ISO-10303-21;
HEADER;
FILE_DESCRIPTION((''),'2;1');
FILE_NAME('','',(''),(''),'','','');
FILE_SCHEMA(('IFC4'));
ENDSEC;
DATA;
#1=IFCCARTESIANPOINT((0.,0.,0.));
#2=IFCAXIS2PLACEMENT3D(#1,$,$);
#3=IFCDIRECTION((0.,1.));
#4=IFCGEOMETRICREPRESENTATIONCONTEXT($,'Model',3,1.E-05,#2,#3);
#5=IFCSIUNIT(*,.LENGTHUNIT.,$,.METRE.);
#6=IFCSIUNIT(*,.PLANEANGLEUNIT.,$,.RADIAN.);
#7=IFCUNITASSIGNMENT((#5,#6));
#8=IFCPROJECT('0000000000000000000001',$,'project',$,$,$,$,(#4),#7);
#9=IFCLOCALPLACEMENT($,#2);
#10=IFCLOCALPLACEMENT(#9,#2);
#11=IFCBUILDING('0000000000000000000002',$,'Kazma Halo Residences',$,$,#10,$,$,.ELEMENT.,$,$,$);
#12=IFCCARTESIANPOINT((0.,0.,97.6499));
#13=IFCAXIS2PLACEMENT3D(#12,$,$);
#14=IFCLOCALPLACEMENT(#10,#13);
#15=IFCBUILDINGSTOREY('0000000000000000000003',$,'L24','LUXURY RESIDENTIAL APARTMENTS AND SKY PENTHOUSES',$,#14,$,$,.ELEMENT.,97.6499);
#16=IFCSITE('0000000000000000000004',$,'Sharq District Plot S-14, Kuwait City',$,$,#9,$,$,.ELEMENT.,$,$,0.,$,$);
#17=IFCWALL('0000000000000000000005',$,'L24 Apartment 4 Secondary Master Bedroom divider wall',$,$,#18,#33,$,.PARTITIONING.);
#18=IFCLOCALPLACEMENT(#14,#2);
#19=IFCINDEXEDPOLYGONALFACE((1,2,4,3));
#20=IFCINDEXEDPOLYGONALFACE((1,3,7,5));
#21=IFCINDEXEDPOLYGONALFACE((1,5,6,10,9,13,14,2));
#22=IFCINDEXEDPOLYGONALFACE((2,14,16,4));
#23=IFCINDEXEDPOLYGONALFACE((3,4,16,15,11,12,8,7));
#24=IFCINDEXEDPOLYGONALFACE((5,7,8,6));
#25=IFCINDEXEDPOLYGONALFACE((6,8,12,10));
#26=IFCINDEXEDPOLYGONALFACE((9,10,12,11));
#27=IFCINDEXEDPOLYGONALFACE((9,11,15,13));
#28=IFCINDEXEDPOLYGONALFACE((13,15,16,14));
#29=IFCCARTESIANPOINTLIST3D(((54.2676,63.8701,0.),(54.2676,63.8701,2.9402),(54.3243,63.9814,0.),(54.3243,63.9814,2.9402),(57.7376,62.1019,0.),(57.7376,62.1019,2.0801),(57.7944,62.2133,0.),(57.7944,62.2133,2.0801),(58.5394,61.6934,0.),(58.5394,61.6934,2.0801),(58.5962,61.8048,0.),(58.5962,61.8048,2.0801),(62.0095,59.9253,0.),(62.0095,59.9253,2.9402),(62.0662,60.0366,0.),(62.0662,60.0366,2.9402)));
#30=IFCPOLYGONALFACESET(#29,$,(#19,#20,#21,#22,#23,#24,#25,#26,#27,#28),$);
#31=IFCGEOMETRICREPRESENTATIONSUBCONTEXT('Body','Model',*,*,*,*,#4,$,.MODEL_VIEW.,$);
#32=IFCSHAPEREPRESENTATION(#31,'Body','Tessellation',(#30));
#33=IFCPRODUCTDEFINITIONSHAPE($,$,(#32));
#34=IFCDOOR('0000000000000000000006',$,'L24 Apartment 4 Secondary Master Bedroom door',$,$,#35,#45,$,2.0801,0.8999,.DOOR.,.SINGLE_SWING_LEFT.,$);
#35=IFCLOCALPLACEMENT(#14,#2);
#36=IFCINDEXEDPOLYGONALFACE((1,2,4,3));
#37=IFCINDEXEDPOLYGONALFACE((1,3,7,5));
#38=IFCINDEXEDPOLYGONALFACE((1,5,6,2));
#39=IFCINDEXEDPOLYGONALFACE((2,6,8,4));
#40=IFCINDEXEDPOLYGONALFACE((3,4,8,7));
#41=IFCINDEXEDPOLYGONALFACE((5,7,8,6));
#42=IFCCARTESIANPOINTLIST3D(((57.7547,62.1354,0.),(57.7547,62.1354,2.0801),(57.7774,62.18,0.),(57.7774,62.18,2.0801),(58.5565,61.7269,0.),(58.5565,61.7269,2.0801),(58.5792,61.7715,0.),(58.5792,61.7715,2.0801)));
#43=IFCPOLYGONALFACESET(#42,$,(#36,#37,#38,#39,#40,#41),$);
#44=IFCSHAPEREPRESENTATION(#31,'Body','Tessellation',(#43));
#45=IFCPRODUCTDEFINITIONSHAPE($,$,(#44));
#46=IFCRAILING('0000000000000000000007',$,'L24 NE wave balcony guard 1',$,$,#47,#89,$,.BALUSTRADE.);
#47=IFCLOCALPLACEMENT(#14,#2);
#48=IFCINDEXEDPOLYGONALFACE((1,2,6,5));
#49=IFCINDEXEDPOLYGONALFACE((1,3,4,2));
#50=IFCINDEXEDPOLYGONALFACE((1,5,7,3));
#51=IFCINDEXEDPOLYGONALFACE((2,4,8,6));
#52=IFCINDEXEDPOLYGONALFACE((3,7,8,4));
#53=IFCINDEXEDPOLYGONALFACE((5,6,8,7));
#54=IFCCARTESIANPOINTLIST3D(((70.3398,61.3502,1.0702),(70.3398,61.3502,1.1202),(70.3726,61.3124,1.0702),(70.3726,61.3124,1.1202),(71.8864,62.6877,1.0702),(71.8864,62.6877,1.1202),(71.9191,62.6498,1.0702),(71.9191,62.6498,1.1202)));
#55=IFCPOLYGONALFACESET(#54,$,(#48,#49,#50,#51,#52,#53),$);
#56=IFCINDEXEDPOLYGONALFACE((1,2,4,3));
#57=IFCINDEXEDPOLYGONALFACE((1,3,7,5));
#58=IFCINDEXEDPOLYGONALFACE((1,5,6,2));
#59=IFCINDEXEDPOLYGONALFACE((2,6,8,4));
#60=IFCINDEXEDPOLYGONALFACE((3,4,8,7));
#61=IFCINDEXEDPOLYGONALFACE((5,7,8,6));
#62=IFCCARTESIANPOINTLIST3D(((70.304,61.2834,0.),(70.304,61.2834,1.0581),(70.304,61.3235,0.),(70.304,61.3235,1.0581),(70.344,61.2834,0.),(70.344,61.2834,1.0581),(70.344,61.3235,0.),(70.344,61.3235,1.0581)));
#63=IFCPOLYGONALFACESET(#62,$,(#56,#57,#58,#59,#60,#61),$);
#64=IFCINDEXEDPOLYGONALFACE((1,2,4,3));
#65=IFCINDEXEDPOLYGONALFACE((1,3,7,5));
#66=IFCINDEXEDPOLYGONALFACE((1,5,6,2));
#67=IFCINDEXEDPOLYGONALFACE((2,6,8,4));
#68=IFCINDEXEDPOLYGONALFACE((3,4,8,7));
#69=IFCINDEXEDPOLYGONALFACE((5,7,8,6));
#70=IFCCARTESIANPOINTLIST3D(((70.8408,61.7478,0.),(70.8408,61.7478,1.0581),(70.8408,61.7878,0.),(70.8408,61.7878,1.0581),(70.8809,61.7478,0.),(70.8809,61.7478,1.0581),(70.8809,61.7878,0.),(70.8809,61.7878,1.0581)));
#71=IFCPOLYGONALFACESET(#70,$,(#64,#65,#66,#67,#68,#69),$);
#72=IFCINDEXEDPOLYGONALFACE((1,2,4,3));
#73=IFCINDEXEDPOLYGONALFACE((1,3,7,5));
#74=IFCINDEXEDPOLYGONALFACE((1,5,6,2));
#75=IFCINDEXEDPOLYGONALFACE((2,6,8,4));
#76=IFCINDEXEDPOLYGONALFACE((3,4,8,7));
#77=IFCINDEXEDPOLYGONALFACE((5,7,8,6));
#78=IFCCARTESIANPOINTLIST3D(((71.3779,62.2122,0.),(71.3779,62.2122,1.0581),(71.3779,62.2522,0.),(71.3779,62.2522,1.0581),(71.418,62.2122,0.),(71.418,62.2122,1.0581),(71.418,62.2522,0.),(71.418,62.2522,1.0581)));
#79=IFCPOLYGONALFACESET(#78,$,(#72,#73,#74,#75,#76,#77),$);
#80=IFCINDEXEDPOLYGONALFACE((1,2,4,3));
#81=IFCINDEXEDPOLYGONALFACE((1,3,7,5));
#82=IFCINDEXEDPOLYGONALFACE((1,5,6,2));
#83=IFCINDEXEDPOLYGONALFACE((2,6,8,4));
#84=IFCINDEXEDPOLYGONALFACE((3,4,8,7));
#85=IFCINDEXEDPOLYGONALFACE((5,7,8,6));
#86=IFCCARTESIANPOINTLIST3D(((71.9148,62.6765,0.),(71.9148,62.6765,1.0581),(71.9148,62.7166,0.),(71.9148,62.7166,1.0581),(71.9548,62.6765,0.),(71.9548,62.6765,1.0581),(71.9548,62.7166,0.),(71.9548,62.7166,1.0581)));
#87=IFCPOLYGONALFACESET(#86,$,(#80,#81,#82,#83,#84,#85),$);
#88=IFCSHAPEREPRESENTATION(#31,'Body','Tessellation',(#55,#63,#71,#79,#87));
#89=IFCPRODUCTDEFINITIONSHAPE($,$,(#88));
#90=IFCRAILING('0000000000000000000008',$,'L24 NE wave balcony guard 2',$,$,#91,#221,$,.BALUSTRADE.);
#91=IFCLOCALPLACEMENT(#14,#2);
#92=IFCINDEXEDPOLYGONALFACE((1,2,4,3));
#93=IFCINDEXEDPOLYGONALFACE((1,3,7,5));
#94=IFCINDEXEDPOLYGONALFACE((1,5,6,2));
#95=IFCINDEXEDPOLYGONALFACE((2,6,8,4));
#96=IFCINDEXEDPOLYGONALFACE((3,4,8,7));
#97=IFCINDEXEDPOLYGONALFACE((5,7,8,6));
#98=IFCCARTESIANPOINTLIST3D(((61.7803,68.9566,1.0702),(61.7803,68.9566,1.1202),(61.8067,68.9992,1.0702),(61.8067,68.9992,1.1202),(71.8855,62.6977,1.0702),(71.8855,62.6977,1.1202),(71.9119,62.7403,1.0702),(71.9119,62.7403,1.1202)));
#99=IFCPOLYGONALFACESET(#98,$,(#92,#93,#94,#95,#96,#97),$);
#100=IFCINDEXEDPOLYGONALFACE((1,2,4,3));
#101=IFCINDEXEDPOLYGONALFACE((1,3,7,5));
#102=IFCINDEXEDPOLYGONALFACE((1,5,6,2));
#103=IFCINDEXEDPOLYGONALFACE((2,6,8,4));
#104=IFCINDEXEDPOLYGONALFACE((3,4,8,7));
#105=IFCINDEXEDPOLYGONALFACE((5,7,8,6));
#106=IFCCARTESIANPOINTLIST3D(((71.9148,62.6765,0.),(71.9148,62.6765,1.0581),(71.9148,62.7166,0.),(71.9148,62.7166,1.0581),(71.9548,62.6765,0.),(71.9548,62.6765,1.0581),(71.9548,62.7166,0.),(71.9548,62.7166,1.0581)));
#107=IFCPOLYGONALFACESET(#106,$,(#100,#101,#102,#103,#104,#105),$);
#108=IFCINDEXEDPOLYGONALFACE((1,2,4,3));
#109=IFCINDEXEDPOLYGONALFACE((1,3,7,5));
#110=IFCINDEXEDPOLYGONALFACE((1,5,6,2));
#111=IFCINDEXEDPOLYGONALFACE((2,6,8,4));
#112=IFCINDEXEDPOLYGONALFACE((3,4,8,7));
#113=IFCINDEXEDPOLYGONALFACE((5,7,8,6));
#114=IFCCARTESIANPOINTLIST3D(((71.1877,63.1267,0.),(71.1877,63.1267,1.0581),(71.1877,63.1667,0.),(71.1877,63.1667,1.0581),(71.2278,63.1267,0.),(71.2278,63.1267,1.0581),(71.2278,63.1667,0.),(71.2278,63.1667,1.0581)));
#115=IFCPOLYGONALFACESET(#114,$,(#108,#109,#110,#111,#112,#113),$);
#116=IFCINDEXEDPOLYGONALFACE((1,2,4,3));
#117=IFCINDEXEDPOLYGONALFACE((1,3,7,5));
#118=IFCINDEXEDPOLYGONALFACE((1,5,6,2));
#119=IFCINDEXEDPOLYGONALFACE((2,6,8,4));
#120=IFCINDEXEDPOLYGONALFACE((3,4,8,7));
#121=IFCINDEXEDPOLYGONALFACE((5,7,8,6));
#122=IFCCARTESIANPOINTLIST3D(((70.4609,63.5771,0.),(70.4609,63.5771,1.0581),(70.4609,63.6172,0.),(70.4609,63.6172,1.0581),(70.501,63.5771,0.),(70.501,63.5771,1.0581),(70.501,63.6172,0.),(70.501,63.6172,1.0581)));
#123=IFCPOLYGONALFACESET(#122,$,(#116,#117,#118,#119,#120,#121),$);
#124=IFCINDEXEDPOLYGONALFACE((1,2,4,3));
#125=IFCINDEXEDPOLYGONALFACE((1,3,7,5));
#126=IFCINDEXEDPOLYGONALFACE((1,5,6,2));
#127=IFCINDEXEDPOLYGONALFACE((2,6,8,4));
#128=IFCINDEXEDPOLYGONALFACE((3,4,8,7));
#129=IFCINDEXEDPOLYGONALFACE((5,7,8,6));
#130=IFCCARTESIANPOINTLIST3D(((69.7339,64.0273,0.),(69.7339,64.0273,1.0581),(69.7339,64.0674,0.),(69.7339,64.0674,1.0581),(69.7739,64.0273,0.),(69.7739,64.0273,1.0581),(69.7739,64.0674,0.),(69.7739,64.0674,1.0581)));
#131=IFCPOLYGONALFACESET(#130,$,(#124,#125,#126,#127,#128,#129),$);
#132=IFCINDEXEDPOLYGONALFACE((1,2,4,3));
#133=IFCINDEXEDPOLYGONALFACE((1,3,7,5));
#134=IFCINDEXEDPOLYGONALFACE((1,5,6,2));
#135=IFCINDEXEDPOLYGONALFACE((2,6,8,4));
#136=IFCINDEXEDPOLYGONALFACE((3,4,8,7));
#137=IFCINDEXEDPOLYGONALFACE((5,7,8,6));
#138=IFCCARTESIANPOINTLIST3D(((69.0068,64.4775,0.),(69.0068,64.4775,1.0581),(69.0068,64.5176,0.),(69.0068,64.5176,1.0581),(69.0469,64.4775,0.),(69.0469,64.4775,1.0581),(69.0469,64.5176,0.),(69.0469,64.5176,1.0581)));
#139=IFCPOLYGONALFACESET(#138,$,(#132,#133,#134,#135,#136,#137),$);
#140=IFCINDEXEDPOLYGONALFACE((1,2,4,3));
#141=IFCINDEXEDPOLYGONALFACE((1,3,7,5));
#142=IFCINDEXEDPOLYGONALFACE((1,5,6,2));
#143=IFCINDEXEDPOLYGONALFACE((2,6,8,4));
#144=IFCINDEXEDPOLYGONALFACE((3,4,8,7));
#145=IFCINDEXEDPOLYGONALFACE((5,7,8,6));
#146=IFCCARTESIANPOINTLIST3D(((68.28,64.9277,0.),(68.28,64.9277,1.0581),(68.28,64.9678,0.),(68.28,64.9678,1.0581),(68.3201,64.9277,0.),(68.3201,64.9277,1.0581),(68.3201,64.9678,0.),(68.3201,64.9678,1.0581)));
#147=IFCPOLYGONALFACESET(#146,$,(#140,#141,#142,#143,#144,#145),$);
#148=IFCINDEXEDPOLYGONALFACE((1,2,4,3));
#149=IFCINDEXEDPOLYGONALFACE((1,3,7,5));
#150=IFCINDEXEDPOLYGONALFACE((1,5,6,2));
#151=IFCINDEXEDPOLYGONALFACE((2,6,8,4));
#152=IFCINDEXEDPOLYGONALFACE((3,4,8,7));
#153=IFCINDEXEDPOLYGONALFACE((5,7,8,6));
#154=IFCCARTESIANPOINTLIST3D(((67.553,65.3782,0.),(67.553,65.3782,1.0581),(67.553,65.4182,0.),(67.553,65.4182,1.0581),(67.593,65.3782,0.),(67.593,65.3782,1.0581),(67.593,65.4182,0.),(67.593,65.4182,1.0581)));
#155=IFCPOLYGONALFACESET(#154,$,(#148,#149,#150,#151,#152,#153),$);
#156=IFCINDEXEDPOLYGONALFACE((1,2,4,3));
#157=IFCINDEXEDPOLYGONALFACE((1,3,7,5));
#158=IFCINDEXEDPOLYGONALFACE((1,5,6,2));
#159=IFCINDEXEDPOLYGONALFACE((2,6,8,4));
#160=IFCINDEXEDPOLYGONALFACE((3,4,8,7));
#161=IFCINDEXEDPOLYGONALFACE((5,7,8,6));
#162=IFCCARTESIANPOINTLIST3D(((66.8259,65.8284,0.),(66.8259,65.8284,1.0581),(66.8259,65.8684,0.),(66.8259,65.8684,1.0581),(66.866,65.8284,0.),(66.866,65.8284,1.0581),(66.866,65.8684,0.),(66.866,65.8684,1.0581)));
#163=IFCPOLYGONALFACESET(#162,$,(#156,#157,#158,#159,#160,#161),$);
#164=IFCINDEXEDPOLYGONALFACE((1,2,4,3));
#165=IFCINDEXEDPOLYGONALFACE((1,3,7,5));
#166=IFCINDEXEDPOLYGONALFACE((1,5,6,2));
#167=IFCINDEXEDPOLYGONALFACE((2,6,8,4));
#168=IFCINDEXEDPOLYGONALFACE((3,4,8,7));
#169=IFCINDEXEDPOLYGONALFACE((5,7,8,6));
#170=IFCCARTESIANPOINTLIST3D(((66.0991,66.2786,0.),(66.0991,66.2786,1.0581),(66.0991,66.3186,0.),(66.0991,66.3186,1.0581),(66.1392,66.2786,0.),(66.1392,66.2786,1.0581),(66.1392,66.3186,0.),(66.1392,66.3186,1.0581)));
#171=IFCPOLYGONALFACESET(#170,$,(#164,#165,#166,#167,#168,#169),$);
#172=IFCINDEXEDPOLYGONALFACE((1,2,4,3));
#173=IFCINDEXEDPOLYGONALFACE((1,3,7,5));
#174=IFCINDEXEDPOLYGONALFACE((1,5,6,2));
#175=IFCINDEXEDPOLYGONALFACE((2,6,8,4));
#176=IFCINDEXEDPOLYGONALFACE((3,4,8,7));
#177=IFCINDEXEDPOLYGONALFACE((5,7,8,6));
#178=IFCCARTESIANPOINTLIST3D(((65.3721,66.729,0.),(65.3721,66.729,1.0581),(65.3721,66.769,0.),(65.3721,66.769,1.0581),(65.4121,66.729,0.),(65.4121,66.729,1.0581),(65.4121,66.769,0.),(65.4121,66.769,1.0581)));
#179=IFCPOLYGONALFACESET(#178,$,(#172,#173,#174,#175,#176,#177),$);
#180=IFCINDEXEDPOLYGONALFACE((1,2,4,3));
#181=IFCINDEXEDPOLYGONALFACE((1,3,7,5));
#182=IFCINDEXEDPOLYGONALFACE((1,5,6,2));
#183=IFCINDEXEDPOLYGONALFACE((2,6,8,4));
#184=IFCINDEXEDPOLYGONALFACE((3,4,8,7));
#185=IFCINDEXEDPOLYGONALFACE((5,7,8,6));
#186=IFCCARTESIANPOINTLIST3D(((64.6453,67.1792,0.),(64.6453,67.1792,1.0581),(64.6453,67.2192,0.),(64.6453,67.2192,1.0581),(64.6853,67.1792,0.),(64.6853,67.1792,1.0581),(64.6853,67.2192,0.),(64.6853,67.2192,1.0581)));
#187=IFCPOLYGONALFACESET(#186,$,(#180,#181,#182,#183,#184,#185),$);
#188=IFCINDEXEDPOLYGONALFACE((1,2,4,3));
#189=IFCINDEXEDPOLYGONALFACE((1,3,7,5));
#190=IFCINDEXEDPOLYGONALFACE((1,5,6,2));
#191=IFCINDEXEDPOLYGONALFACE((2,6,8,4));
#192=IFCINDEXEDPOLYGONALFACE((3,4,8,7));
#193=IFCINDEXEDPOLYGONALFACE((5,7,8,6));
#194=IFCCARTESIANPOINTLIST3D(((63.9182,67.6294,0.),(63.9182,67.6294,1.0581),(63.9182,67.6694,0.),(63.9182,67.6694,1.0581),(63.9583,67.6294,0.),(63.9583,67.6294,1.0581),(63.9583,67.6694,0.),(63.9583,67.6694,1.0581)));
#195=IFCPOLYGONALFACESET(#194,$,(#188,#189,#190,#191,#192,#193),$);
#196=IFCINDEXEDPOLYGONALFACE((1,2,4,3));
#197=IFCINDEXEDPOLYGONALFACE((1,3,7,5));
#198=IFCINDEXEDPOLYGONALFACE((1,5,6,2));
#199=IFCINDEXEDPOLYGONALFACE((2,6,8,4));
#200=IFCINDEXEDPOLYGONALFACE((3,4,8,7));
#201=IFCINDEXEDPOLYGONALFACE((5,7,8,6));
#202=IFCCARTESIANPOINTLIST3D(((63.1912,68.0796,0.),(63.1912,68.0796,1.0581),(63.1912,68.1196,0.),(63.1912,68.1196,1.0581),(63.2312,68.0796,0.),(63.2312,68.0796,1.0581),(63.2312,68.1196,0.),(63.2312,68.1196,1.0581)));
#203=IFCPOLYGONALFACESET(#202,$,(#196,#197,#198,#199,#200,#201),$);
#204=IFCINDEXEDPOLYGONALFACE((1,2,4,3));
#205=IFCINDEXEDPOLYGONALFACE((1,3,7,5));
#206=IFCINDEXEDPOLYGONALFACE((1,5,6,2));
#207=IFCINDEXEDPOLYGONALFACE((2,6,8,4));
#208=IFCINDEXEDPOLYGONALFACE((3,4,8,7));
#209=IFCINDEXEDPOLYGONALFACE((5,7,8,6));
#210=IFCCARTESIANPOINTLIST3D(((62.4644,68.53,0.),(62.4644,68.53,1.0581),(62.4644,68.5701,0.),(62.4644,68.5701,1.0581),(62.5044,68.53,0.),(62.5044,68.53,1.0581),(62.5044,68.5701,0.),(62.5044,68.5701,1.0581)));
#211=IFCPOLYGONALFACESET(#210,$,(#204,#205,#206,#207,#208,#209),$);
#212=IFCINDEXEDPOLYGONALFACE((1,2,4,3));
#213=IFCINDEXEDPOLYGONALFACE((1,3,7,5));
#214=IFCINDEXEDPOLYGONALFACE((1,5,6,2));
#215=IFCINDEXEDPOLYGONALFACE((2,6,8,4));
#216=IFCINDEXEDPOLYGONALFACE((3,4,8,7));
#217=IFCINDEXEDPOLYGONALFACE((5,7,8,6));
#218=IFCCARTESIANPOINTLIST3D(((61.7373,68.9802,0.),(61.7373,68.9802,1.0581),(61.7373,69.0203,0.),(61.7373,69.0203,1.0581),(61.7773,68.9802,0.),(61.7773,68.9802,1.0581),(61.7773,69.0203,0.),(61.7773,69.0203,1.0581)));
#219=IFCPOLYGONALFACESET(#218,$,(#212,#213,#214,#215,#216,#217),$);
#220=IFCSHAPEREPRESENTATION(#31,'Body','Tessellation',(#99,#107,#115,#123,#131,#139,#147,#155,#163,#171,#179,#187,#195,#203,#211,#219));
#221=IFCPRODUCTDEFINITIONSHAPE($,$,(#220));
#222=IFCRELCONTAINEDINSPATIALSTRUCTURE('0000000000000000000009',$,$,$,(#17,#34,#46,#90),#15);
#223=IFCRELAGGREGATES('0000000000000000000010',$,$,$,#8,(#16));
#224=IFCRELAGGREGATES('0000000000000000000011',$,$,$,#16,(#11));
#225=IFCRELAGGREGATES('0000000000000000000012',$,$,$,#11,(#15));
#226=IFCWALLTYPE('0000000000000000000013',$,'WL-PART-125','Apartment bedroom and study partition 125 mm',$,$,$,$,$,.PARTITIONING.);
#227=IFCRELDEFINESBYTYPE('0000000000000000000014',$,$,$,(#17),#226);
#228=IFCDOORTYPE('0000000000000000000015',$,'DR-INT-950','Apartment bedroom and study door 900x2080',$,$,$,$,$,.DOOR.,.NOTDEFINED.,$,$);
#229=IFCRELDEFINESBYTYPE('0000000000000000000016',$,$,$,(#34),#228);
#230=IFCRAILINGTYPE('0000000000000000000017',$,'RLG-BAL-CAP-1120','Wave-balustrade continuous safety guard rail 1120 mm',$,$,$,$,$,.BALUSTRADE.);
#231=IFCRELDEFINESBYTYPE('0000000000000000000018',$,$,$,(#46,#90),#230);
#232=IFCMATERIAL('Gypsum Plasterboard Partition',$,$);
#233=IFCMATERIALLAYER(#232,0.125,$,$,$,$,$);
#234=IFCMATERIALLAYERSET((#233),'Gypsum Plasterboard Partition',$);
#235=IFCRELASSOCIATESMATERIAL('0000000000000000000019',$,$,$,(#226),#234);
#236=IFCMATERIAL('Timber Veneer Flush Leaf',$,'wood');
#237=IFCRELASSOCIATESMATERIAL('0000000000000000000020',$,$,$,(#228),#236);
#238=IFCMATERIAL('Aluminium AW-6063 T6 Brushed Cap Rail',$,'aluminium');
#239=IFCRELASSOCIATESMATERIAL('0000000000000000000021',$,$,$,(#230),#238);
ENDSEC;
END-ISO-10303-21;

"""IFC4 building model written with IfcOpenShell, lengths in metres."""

from ifc_helpers import new_model, si_unit, direction, frame, frame_2d, origin, origin_2d, place, context, subcontext, project, spatial, rectangle, extrude, material, layer, layer_set, type_object, element, fill, save


model = new_model("IFC4")

# Units and contexts
model_context = context("Model", 3, precision=1e-05, world=origin(), true_north=direction((0.0, 1.0)))
body_context = subcontext(model_context, "Body", "Model", "MODEL_VIEW")
ifc_project = project(units=[si_unit("LENGTHUNIT", "METRE"), si_unit("PLANEANGLEUNIT", "RADIAN")], contexts=[model_context])

# Site, building, storey
site_placement = place(None, origin())
site = spatial("IfcSite", under=ifc_project, at=site_placement, Name="Sharq District Plot S-14, Kuwait City", CompositionType="ELEMENT", RefElevation=0.0)
building_placement = place(site_placement, origin())
building = spatial("IfcBuilding", under=site, at=building_placement, Name="Kazma Halo Residences", CompositionType="ELEMENT")
storey_placement = place(building_placement, frame((0.0, 0.0, 97.6499)))
storey = spatial("IfcBuildingStorey", under=building, at=storey_placement, Name="L24", Description="LUXURY RESIDENTIAL APARTMENTS AND SKY PENTHOUSES", CompositionType="ELEMENT", Elevation=97.6499)

# Shared definitions
ifc_material_1 = material(Name="Gypsum Plasterboard Partition")
ifc_layer_1 = layer(ifc_material_1, 0.125)
ifc_layer_set_1 = layer_set([ifc_layer_1], Name="Gypsum Plasterboard Partition")
wall_type_1 = type_object("IfcWallType", Name="WL-PART-125", Description="Apartment bedroom and study partition 125 mm", PredefinedType="PARTITIONING", material=ifc_layer_set_1)

# Wall, opening, door
ifc_material_2 = material(Name="Timber Veneer Flush Leaf", Category="wood")
door_type_1 = type_object("IfcDoorType", Name="DR-INT-950", Description="Apartment bedroom and study door 900x2080", OperationType="NOTDEFINED", PredefinedType="DOOR", material=ifc_material_2)
wall_1_placement = place(storey_placement, frame((62.0378, 59.981, 0.0), z_axis=(0.0, 0.0, 1.0), x_axis=(-0.891002, 0.454, 0.0)))
wall_1 = element("IfcWall", 1, at=wall_1_placement, inside=storey, type_object=wall_type_1, Name="L24 Apartment 4 Secondary Master Bedroom divider wall", PredefinedType="PARTITIONING", context=body_context, shape_type="SweptSolid", body=[
    extrude(rectangle(XDim=8.689, YDim=0.125, at=frame_2d((4.3445, 0.0))), origin(), (0.0, 0.0, 1.0), 2.9402),
])
opening_1_placement = place(wall_1_placement, frame((3.8945, 0.0, 0.0)))
opening_1 = element("IfcOpeningElement", 2, at=opening_1_placement, cuts=wall_1, PredefinedType="OPENING", context=body_context, shape_type="SweptSolid", body=[
    extrude(rectangle(XDim=0.8999, YDim=2.0801, at=frame_2d((0.45, 1.04))), frame((0.0, 0.0725, 0.0), z_axis=(0.0, -1.0, 0.0), x_axis=(1.0, 0.0, 0.0)), (0.0, 0.0, 1.0), 0.145),
])
door_1_placement = place(opening_1_placement, origin())
door_1 = element("IfcDoor", 3, at=door_1_placement, inside=storey, type_object=door_type_1, Name="L24 Apartment 4 Secondary Master Bedroom door", OperationType="SINGLE_SWING_LEFT", OverallHeight=2.0801, OverallWidth=0.8999, PredefinedType="DOOR", context=body_context, shape_type="SweptSolid", body=[
    extrude(rectangle(XDim=0.8999, YDim=2.0801, at=frame_2d((0.45, 1.04))), frame((0.0, 0.0249, 0.0), z_axis=(0.0, -1.0, 0.0), x_axis=(1.0, 0.0, 0.0)), (0.0, 0.0, 1.0), 0.05),
])
fill(opening_1, door_1)

# Railings
ifc_material_3 = material(Name="Aluminium AW-6063 T6 Brushed Cap Rail", Category="aluminium")
railing_type = type_object("IfcRailingType", Name="RLG-BAL-CAP-1120", Description="Wave-balustrade continuous safety guard rail 1120 mm", PredefinedType="BALUSTRADE", material=ifc_material_3)
railing_1_placement = place(storey_placement, frame((70.324, 61.3035, 0.0)))
element("IfcRailing", 4, at=railing_1_placement, inside=storey, type_object=railing_type, Name="L24 NE wave balcony guard 1", PredefinedType="BALUSTRADE", context=body_context, shape_type="SweptSolid", body=[
    extrude(rectangle(XDim=0.05, YDim=0.05, at=origin_2d()), frame((0.0322, 0.0278, 1.0952), z_axis=(0.756385, 0.654127, 0.0), x_axis=(-0.654127, 0.756385, 0.0)), (0.0, 0.0, 1.0), 2.0447),
    extrude(rectangle(XDim=0.04, YDim=0.04, at=origin_2d()), origin(), (0.0, 0.0, 1.0), 1.0581),
    extrude(rectangle(XDim=0.04, YDim=0.04, at=origin_2d()), frame((0.5369, 0.4644, 0.0)), (0.0, 0.0, 1.0), 1.0581),
    extrude(rectangle(XDim=0.04, YDim=0.04, at=origin_2d()), frame((1.074, 0.9287, 0.0)), (0.0, 0.0, 1.0), 1.0581),
    extrude(rectangle(XDim=0.04, YDim=0.04, at=origin_2d()), frame((1.6108, 1.3931, 0.0)), (0.0, 0.0, 1.0), 1.0581),
])
railing_2_placement = place(storey_placement, frame((71.9348, 62.6965, 0.0)))
element("IfcRailing", 5, at=railing_2_placement, inside=storey, type_object=railing_type, Name="L24 NE wave balcony guard 2", PredefinedType="BALUSTRADE", context=body_context, shape_type="SweptSolid", body=[
    extrude(rectangle(XDim=0.05, YDim=0.05, at=origin_2d()), frame((-0.0361, 0.0225, 1.0952), z_axis=(-0.85014, 0.526557, 0.0), x_axis=(-0.526557, -0.85014, 0.0)), (0.0, 0.0, 1.0), 11.8865),
    extrude(rectangle(XDim=0.04, YDim=0.04, at=origin_2d()), origin(), (0.0, 0.0, 1.0), 1.0581),
    extrude(rectangle(XDim=0.04, YDim=0.04, at=origin_2d()), frame((-0.7271, 0.4502, 0.0)), (0.0, 0.0, 1.0), 1.0581),
    extrude(rectangle(XDim=0.04, YDim=0.04, at=origin_2d()), frame((-1.4539, 0.9006, 0.0)), (0.0, 0.0, 1.0), 1.0581),
    extrude(rectangle(XDim=0.04, YDim=0.04, at=origin_2d()), frame((-2.1809, 1.3508, 0.0)), (0.0, 0.0, 1.0), 1.0581),
    extrude(rectangle(XDim=0.04, YDim=0.04, at=origin_2d()), frame((-2.908, 1.801, 0.0)), (0.0, 0.0, 1.0), 1.0581),
    extrude(rectangle(XDim=0.04, YDim=0.04, at=origin_2d()), frame((-3.6348, 2.2512, 0.0)), (0.0, 0.0, 1.0), 1.0581),
    extrude(rectangle(XDim=0.04, YDim=0.04, at=origin_2d()), frame((-4.3618, 2.7017, 0.0)), (0.0, 0.0, 1.0), 1.0581),
    extrude(rectangle(XDim=0.04, YDim=0.04, at=origin_2d()), frame((-5.0889, 3.1519, 0.0)), (0.0, 0.0, 1.0), 1.0581),
    extrude(rectangle(XDim=0.04, YDim=0.04, at=origin_2d()), frame((-5.8157, 3.6021, 0.0)), (0.0, 0.0, 1.0), 1.0581),
    extrude(rectangle(XDim=0.04, YDim=0.04, at=origin_2d()), frame((-6.5427, 4.0525, 0.0)), (0.0, 0.0, 1.0), 1.0581),
    extrude(rectangle(XDim=0.04, YDim=0.04, at=origin_2d()), frame((-7.2695, 4.5027, 0.0)), (0.0, 0.0, 1.0), 1.0581),
    extrude(rectangle(XDim=0.04, YDim=0.04, at=origin_2d()), frame((-7.9966, 4.9529, 0.0)), (0.0, 0.0, 1.0), 1.0581),
    extrude(rectangle(XDim=0.04, YDim=0.04, at=origin_2d()), frame((-8.7236, 5.4031, 0.0)), (0.0, 0.0, 1.0), 1.0581),
    extrude(rectangle(XDim=0.04, YDim=0.04, at=origin_2d()), frame((-9.4504, 5.8535, 0.0)), (0.0, 0.0, 1.0), 1.0581),
    extrude(rectangle(XDim=0.04, YDim=0.04, at=origin_2d()), frame((-10.1775, 6.3037, 0.0)), (0.0, 0.0, 1.0), 1.0581),
])

save(model, "model.ifc")
